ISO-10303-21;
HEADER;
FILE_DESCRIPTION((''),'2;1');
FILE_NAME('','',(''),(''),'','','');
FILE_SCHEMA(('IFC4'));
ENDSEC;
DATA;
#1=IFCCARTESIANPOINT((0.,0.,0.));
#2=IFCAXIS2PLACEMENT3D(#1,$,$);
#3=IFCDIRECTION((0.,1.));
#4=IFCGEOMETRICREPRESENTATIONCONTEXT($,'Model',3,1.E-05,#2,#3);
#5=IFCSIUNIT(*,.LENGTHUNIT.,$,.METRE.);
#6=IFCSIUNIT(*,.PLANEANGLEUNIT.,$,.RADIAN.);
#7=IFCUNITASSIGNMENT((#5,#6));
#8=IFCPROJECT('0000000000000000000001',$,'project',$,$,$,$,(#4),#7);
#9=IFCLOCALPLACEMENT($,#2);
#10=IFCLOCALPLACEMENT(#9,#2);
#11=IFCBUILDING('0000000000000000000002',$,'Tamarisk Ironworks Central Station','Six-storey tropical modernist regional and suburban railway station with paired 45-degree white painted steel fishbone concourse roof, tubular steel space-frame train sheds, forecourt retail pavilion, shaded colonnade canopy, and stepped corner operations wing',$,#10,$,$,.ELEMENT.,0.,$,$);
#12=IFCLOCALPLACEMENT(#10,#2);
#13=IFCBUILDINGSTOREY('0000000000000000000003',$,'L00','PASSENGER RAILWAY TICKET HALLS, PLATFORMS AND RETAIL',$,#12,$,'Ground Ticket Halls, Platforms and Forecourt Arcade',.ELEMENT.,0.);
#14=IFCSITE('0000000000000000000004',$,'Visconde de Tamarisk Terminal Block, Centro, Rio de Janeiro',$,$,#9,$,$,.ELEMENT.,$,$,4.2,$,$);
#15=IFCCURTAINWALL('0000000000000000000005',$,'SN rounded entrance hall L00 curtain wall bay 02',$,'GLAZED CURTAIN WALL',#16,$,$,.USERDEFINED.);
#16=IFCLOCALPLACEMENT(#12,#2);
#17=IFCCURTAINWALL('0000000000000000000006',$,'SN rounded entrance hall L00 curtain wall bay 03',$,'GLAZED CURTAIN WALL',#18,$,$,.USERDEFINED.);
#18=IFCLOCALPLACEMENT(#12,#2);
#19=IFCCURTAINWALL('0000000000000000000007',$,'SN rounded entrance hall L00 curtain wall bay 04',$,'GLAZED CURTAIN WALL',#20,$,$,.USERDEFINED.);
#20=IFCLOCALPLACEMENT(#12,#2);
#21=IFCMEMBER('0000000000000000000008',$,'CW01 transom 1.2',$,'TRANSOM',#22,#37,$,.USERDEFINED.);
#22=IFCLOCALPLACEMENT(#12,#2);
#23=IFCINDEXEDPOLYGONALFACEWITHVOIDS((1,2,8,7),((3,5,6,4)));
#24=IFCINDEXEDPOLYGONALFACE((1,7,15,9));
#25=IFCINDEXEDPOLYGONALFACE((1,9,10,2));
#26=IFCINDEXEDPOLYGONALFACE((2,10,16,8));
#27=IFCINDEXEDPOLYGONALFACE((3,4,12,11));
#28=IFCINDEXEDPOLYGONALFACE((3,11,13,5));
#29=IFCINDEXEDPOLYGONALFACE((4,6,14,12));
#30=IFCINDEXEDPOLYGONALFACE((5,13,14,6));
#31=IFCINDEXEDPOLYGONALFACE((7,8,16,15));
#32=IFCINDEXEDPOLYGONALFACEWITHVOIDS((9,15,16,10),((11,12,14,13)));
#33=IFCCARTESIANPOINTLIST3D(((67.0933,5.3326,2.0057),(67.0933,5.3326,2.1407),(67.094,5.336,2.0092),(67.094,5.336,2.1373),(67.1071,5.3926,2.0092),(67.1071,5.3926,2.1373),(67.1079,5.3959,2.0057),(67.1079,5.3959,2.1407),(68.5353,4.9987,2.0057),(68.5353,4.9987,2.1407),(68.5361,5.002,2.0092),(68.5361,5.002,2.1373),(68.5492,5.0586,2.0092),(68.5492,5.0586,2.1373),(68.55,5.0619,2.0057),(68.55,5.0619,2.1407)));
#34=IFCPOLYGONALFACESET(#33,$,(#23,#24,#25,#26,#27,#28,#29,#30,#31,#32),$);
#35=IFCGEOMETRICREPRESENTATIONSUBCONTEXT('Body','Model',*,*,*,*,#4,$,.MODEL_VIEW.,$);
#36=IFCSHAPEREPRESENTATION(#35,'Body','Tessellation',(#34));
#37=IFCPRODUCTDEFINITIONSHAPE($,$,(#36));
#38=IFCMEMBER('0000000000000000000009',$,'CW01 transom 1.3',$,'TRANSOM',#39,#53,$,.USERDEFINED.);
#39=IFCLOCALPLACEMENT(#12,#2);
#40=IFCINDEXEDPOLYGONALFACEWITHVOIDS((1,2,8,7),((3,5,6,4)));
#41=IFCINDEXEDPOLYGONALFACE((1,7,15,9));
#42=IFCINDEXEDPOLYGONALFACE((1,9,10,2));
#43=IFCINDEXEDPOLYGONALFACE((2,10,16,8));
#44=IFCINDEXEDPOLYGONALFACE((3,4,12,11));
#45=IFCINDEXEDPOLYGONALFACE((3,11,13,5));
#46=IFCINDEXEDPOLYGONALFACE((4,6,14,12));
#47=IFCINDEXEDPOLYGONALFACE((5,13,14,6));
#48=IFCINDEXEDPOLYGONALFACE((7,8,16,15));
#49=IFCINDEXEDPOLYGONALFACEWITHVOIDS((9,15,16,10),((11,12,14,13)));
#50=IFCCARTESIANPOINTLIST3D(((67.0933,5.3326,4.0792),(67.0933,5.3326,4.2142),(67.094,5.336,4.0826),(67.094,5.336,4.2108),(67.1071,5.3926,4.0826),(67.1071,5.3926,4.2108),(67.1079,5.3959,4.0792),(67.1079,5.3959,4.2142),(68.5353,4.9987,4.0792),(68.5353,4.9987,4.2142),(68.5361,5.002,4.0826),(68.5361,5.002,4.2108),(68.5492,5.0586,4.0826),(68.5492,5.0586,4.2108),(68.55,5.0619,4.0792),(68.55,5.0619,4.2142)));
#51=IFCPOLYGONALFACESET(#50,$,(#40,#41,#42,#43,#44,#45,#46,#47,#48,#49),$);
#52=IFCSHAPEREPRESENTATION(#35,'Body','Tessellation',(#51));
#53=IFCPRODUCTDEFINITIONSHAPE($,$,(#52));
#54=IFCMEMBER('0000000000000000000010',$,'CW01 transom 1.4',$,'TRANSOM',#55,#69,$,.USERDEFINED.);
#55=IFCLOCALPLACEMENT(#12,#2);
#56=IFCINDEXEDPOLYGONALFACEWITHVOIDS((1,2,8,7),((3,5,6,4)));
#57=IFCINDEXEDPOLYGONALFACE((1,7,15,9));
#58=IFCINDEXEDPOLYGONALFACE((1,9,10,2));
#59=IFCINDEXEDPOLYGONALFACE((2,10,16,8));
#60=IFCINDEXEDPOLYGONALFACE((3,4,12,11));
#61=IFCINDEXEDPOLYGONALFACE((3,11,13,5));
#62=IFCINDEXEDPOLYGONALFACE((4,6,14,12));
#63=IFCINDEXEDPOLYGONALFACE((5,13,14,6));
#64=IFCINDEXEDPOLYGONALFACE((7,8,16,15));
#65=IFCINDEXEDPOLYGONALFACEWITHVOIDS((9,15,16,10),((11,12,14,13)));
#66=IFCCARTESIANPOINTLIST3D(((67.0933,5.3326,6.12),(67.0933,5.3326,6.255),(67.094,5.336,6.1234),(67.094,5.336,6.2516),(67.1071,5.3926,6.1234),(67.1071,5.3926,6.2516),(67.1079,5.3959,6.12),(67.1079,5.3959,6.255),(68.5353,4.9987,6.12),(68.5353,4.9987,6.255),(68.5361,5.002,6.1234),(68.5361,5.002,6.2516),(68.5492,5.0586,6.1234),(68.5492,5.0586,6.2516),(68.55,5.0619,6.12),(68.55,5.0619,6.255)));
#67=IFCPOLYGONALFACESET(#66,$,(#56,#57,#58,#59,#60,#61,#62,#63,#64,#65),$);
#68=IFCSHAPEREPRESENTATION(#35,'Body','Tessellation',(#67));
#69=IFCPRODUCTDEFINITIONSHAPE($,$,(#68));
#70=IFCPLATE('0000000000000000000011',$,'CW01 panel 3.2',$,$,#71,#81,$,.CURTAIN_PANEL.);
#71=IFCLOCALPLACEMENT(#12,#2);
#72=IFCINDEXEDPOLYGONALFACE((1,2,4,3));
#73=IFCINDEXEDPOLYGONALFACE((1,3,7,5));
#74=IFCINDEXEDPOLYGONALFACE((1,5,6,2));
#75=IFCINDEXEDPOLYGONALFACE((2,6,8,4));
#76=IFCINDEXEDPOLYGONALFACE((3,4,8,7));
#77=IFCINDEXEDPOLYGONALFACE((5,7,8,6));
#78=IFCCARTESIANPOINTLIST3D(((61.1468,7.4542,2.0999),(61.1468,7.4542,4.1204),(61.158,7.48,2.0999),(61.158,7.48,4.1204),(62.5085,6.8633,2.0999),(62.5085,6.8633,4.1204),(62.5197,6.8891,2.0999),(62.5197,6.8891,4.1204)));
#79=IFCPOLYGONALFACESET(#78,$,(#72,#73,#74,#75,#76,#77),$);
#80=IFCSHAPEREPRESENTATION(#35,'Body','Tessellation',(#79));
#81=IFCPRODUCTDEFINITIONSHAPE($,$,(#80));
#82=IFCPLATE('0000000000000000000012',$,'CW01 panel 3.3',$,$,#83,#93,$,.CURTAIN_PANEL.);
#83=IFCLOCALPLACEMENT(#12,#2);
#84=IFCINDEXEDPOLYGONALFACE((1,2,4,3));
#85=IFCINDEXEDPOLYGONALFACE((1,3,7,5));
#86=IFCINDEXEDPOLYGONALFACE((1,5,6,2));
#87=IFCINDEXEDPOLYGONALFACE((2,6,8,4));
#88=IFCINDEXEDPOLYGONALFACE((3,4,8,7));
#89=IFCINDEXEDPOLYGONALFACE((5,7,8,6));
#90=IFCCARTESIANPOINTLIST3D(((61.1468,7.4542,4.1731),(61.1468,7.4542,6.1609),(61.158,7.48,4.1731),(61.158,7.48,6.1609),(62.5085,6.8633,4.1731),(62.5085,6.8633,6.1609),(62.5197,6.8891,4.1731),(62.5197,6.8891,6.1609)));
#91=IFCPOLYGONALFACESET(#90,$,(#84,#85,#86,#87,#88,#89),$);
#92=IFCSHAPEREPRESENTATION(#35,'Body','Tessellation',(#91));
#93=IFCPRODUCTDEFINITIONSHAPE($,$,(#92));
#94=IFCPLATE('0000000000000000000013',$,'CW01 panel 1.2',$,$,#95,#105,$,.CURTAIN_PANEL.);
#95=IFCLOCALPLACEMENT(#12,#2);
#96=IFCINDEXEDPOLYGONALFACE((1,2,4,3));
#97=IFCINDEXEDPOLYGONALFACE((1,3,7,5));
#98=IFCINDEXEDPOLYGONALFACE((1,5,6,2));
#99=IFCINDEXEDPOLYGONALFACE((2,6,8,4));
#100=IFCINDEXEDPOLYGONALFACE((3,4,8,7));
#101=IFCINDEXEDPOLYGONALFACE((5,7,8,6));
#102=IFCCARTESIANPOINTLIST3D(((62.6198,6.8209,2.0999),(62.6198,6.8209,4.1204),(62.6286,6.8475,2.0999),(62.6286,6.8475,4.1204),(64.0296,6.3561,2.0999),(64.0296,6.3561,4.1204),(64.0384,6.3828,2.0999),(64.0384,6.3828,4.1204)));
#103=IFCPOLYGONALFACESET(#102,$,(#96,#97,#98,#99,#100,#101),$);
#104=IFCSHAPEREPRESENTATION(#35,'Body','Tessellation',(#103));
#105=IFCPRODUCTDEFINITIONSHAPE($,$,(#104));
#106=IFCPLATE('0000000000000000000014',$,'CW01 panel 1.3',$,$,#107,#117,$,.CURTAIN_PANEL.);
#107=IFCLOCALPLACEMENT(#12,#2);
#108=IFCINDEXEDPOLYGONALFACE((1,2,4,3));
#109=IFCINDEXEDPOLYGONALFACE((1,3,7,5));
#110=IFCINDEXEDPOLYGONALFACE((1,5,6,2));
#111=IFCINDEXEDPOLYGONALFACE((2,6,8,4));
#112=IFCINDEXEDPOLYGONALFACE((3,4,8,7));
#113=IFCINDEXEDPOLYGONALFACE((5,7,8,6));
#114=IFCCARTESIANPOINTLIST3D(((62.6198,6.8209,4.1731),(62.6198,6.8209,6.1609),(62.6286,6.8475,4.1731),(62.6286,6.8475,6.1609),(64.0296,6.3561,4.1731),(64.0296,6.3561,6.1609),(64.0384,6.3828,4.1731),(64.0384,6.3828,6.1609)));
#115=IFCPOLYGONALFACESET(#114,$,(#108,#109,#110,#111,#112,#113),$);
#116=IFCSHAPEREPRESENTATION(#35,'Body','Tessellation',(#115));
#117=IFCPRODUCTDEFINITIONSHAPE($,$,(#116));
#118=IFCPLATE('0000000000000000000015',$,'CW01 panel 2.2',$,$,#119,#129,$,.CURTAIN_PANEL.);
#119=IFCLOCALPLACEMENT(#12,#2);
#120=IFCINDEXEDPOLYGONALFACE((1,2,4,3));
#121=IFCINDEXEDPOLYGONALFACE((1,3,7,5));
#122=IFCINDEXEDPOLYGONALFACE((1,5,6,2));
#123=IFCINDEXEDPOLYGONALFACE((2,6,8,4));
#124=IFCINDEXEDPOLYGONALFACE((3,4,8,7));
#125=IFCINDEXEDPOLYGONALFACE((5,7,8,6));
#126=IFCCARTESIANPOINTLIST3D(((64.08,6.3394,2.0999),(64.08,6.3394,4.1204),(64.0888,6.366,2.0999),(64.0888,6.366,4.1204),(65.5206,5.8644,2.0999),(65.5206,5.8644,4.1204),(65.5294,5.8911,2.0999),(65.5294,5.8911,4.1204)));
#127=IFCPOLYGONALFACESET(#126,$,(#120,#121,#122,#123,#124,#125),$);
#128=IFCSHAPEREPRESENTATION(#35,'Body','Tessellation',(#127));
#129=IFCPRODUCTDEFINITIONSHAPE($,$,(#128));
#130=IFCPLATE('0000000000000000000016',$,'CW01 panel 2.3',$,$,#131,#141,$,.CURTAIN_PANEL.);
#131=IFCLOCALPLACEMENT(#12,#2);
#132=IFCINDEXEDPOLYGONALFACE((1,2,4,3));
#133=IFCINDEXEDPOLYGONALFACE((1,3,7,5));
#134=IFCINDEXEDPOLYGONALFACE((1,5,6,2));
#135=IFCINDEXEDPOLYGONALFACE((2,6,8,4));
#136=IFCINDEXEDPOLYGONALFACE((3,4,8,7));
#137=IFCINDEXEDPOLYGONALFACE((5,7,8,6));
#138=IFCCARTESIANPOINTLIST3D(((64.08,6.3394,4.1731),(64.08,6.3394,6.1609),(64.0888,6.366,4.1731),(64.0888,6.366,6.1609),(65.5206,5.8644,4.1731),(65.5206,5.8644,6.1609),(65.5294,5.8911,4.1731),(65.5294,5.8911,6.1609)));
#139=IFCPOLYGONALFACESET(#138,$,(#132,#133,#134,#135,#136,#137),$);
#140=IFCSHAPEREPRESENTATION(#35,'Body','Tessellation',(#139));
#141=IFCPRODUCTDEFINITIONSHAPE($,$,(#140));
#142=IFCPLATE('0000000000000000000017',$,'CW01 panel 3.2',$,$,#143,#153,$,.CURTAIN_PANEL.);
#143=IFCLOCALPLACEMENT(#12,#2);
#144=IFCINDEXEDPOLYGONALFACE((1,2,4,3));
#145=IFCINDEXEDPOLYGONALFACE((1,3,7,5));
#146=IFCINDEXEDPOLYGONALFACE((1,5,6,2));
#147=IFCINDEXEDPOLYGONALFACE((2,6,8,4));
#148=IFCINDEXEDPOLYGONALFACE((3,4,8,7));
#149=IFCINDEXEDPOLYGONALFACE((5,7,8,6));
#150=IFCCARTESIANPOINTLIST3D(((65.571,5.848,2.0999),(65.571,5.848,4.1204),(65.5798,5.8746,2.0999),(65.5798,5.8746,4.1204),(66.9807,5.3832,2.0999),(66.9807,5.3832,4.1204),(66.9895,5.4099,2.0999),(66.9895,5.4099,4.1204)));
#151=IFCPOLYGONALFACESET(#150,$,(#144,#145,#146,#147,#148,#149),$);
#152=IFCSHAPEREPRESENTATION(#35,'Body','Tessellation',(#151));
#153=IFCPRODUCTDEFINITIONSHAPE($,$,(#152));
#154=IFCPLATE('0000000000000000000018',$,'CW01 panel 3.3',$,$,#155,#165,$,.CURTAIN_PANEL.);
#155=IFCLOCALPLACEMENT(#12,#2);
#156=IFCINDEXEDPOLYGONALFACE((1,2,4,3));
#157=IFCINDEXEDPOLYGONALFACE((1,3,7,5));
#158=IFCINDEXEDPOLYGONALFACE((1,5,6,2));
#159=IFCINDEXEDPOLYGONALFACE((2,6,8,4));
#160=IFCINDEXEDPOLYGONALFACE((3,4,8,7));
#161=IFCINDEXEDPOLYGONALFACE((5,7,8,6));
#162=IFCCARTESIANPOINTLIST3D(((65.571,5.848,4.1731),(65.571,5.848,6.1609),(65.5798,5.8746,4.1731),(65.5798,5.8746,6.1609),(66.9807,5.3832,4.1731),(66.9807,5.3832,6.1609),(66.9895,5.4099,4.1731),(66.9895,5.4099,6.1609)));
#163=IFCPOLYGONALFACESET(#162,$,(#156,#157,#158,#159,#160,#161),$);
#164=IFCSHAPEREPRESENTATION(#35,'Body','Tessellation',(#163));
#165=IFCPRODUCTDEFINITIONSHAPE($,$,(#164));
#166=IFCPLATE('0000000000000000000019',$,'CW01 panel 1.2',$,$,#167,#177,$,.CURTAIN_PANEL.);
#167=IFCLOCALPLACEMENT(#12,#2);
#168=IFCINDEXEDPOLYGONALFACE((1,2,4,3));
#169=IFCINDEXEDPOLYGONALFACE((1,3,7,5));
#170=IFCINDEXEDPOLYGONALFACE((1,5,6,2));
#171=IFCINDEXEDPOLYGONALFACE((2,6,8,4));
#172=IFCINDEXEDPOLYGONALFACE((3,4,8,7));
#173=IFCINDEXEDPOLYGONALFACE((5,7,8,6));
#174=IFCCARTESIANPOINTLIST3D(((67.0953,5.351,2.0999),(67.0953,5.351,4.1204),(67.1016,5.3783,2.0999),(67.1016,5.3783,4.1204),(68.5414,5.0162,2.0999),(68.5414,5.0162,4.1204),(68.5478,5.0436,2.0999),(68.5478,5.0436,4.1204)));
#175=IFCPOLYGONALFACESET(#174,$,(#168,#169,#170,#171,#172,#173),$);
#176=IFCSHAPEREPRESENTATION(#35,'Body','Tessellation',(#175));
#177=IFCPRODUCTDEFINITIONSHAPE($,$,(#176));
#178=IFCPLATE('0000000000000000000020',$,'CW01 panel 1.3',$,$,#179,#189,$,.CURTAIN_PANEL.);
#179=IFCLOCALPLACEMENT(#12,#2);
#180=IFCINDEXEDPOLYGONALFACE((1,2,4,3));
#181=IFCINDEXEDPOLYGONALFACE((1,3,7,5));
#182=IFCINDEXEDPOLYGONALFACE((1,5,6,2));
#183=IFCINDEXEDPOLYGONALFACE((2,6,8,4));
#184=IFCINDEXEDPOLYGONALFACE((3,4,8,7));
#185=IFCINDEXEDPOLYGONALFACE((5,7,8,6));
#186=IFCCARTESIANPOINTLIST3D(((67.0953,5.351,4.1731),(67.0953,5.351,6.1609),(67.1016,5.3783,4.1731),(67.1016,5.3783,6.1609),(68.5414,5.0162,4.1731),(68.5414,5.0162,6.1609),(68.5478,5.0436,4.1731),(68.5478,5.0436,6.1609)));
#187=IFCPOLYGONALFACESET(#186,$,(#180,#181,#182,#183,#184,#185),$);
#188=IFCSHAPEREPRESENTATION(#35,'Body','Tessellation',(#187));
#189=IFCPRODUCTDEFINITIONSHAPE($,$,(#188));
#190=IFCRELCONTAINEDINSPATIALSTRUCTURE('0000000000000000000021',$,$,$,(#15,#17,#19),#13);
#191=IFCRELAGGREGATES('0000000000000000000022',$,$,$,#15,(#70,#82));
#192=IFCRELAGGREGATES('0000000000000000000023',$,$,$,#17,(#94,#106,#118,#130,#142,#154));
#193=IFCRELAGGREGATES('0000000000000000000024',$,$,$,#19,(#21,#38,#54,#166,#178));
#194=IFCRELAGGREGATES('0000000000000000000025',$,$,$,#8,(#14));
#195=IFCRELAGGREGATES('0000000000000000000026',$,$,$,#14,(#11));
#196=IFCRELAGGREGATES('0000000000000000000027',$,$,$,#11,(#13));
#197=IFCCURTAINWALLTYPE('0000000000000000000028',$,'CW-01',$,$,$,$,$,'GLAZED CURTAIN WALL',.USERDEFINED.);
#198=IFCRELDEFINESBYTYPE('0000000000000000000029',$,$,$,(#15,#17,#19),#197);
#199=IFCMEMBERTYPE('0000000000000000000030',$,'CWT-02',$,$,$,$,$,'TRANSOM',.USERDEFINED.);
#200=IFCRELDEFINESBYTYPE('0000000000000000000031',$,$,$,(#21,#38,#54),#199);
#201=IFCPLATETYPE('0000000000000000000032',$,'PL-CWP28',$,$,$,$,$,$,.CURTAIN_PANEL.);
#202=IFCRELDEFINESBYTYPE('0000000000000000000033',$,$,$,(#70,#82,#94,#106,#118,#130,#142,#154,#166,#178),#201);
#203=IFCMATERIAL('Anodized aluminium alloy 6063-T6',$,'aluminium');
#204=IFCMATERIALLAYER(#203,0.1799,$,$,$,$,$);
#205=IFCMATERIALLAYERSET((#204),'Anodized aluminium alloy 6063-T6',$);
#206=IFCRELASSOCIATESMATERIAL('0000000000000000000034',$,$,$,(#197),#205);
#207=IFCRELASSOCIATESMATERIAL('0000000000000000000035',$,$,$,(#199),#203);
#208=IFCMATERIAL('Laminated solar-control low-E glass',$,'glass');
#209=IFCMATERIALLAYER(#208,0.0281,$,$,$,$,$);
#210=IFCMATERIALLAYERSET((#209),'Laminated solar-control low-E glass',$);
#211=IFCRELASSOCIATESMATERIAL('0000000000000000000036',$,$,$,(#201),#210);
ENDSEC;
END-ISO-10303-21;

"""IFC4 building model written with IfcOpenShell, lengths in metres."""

from ifc_helpers import new_model, si_unit, direction, frame, origin, origin_2d, place, context, subcontext, project, spatial, rectangle, hollow_rectangle, extrude, material, layer, layer_set, material_profile, profile_set, type_object, element, aggregate, save


model = new_model("IFC4")

# Units and contexts
model_context = context("Model", 3, precision=1e-05, world=origin(), true_north=direction((0.0, 1.0)))
body_context = subcontext(model_context, "Body", "Model", "MODEL_VIEW")
ifc_project = project(units=[si_unit("LENGTHUNIT", "METRE"), si_unit("PLANEANGLEUNIT", "RADIAN")], contexts=[model_context])

# Site, building, storey
site_placement = place(None, origin())
site = spatial("IfcSite", under=ifc_project, at=site_placement, Name="Visconde de Tamarisk Terminal Block, Centro, Rio de Janeiro", CompositionType="ELEMENT", RefElevation=4.2)
building_placement = place(site_placement, origin())
building = spatial("IfcBuilding", under=site, at=building_placement, Name="Tamarisk Ironworks Central Station", Description="Six-storey tropical modernist regional and suburban railway station with paired 45-degree white painted steel fishbone concourse roof, tubular steel space-frame train sheds, forecourt retail pavilion, shaded colonnade canopy, and stepped corner operations wing", CompositionType="ELEMENT", ElevationOfRefHeight=0.0)
storey_placement = place(building_placement, origin())
storey = spatial("IfcBuildingStorey", under=building, at=storey_placement, Name="L00", Description="PASSENGER RAILWAY TICKET HALLS, PLATFORMS AND RETAIL", LongName="Ground Ticket Halls, Platforms and Forecourt Arcade", CompositionType="ELEMENT", Elevation=0.0)

# Curtain walls, members
ifc_material_1 = material(Name="Anodized aluminium alloy 6063-T6", Category="aluminium")
ifc_layer_1 = layer(ifc_material_1, 0.1799)
ifc_layer_set_1 = layer_set([ifc_layer_1], Name="Anodized aluminium alloy 6063-T6")
curtain_wall_type = type_object("IfcCurtainWallType", Name="CW-01", ElementType="GLAZED CURTAIN WALL", PredefinedType="USERDEFINED", material=ifc_layer_set_1)
curtain_wall_1_placement = place(storey_placement, origin())
curtain_wall_1 = element("IfcCurtainWall", 1, at=curtain_wall_1_placement, inside=storey, type_object=curtain_wall_type, Name="SN rounded entrance hall L00 curtain wall bay 02", ObjectType="GLAZED CURTAIN WALL", PredefinedType="USERDEFINED")
ifc_material_profile = material_profile(ifc_material_1, hollow_rectangle(XDim=0.0649, YDim=0.135, WallThickness=0.0034, at=origin_2d()), Name="ALUM 135x65")
ifc_profile_set = profile_set([ifc_material_profile], Name="Anodized aluminium alloy 6063-T6")
member_type = type_object("IfcMemberType", Name="CWT-02", ElementType="TRANSOM", PredefinedType="USERDEFINED", material=ifc_profile_set)
curtain_wall_2_placement = place(storey_placement, origin())
curtain_wall_2 = element("IfcCurtainWall", 2, at=curtain_wall_2_placement, inside=storey, type_object=curtain_wall_type, Name="SN rounded entrance hall L00 curtain wall bay 03", ObjectType="GLAZED CURTAIN WALL", PredefinedType="USERDEFINED")
curtain_wall_3_placement = place(storey_placement, origin())
curtain_wall_3 = element("IfcCurtainWall", 3, at=curtain_wall_3_placement, inside=storey, type_object=curtain_wall_type, Name="SN rounded entrance hall L00 curtain wall bay 04", ObjectType="GLAZED CURTAIN WALL", PredefinedType="USERDEFINED")
member_1_placement = place(storey_placement, frame((67.1006, 5.3643, 2.0732), z_axis=(0.974216, -0.225618, 0.0), x_axis=(0.225618, 0.974216, 0.0)))
member_1 = element("IfcMember", 4, at=member_1_placement, type_object=member_type, Name="CW01 transom 1.2", ObjectType="TRANSOM", PredefinedType="USERDEFINED", context=body_context, shape_type="SweptSolid", body=[
    extrude(hollow_rectangle(XDim=0.0649, YDim=0.135, WallThickness=0.0034, at=origin_2d()), origin(), (0.0, 0.0, 1.0), 1.4802),
])
member_2_placement = place(storey_placement, frame((67.1006, 5.3643, 4.1467), z_axis=(0.974216, -0.225618, 0.0), x_axis=(0.225618, 0.974216, 0.0)))
member_2 = element("IfcMember", 5, at=member_2_placement, type_object=member_type, Name="CW01 transom 1.3", ObjectType="TRANSOM", PredefinedType="USERDEFINED", context=body_context, shape_type="SweptSolid", body=[
    extrude(hollow_rectangle(XDim=0.0649, YDim=0.135, WallThickness=0.0034, at=origin_2d()), origin(), (0.0, 0.0, 1.0), 1.4802),
])
member_3_placement = place(storey_placement, frame((67.1006, 5.3643, 6.1875), z_axis=(0.974216, -0.225618, 0.0), x_axis=(0.225618, 0.974216, 0.0)))
member_3 = element("IfcMember", 6, at=member_3_placement, type_object=member_type, Name="CW01 transom 1.4", ObjectType="TRANSOM", PredefinedType="USERDEFINED", context=body_context, shape_type="SweptSolid", body=[
    extrude(hollow_rectangle(XDim=0.0649, YDim=0.135, WallThickness=0.0034, at=origin_2d()), origin(), (0.0, 0.0, 1.0), 1.4802),
])

# Plates
ifc_material_2 = material(Name="Laminated solar-control low-E glass", Category="glass")
ifc_layer_2 = layer(ifc_material_2, 0.0281)
ifc_layer_set_2 = layer_set([ifc_layer_2], Name="Laminated solar-control low-E glass")
plate_type = type_object("IfcPlateType", Name="PL-CWP28", PredefinedType="CURTAIN_PANEL", material=ifc_layer_set_2)
plate_1_placement = place(storey_placement, frame((61.8333, 7.1716, 2.0999), z_axis=(0.0, 0.0, 1.0), x_axis=(0.917352, -0.398077, 0.0)))
plate_1 = element("IfcPlate", 7, at=plate_1_placement, type_object=plate_type, Name="CW01 panel 3.2", PredefinedType="CURTAIN_PANEL", context=body_context, shape_type="SweptSolid", body=[
    extrude(rectangle(XDim=1.4844, YDim=0.0281, at=origin_2d()), origin(), (0.0, 0.0, 1.0), 2.0205),
])
plate_2_placement = place(storey_placement, frame((61.8333, 7.1716, 4.1731), z_axis=(0.0, 0.0, 1.0), x_axis=(0.917352, -0.398077, 0.0)))
plate_2 = element("IfcPlate", 8, at=plate_2_placement, type_object=plate_type, Name="CW01 panel 3.3", PredefinedType="CURTAIN_PANEL", context=body_context, shape_type="SweptSolid", body=[
    extrude(rectangle(XDim=1.4844, YDim=0.0281, at=origin_2d()), origin(), (0.0, 0.0, 1.0), 1.9878),
])
aggregate(curtain_wall_1, [plate_1, plate_2])
plate_3_placement = place(storey_placement, frame((63.3291, 6.6018, 2.0999), z_axis=(0.0, 0.0, 1.0), x_axis=(0.949721, -0.313098, 0.0)))
plate_3 = element("IfcPlate", 9, at=plate_3_placement, type_object=plate_type, Name="CW01 panel 1.2", PredefinedType="CURTAIN_PANEL", context=body_context, shape_type="SweptSolid", body=[
    extrude(rectangle(XDim=1.4844, YDim=0.0281, at=origin_2d()), origin(), (0.0, 0.0, 1.0), 2.0205),
])
plate_4_placement = place(storey_placement, frame((63.3291, 6.6018, 4.1731), z_axis=(0.0, 0.0, 1.0), x_axis=(0.949721, -0.313098, 0.0)))
plate_4 = element("IfcPlate", 10, at=plate_4_placement, type_object=plate_type, Name="CW01 panel 1.3", PredefinedType="CURTAIN_PANEL", context=body_context, shape_type="SweptSolid", body=[
    extrude(rectangle(XDim=1.4844, YDim=0.0281, at=origin_2d()), origin(), (0.0, 0.0, 1.0), 1.9878),
])
plate_5_placement = place(storey_placement, frame((64.8047, 6.1152, 2.0999), z_axis=(0.0, 0.0, 1.0), x_axis=(0.949721, -0.313098, 0.0)))
plate_5 = element("IfcPlate", 11, at=plate_5_placement, type_object=plate_type, Name="CW01 panel 2.2", PredefinedType="CURTAIN_PANEL", context=body_context, shape_type="SweptSolid", body=[
    extrude(rectangle(XDim=1.5168, YDim=0.0281, at=origin_2d()), origin(), (0.0, 0.0, 1.0), 2.0205),
])
plate_6_placement = place(storey_placement, frame((64.8047, 6.1152, 4.1731), z_axis=(0.0, 0.0, 1.0), x_axis=(0.949721, -0.313098, 0.0)))
plate_6 = element("IfcPlate", 12, at=plate_6_placement, type_object=plate_type, Name="CW01 panel 2.3", PredefinedType="CURTAIN_PANEL", context=body_context, shape_type="SweptSolid", body=[
    extrude(rectangle(XDim=1.5168, YDim=0.0281, at=origin_2d()), origin(), (0.0, 0.0, 1.0), 1.9878),
])
plate_7_placement = place(storey_placement, frame((66.2803, 5.6289, 2.0999), z_axis=(0.0, 0.0, 1.0), x_axis=(0.949721, -0.313098, 0.0)))
plate_7 = element("IfcPlate", 13, at=plate_7_placement, type_object=plate_type, Name="CW01 panel 3.2", PredefinedType="CURTAIN_PANEL", context=body_context, shape_type="SweptSolid", body=[
    extrude(rectangle(XDim=1.4844, YDim=0.0281, at=origin_2d()), origin(), (0.0, 0.0, 1.0), 2.0205),
])
plate_8_placement = place(storey_placement, frame((66.2803, 5.6289, 4.1731), z_axis=(0.0, 0.0, 1.0), x_axis=(0.949721, -0.313098, 0.0)))
plate_8 = element("IfcPlate", 14, at=plate_8_placement, type_object=plate_type, Name="CW01 panel 3.3", PredefinedType="CURTAIN_PANEL", context=body_context, shape_type="SweptSolid", body=[
    extrude(rectangle(XDim=1.4844, YDim=0.0281, at=origin_2d()), origin(), (0.0, 0.0, 1.0), 1.9878),
])
aggregate(curtain_wall_2, [plate_3, plate_4, plate_5, plate_6, plate_7, plate_8])
plate_9_placement = place(storey_placement, frame((67.8215, 5.1973, 2.0999), z_axis=(0.0, 0.0, 1.0), x_axis=(0.974239, -0.225517, 0.0)))
plate_9 = element("IfcPlate", 15, at=plate_9_placement, type_object=plate_type, Name="CW01 panel 1.2", PredefinedType="CURTAIN_PANEL", context=body_context, shape_type="SweptSolid", body=[
    extrude(rectangle(XDim=1.4844, YDim=0.0281, at=origin_2d()), origin(), (0.0, 0.0, 1.0), 2.0205),
])
plate_10_placement = place(storey_placement, frame((67.8215, 5.1973, 4.1731), z_axis=(0.0, 0.0, 1.0), x_axis=(0.974239, -0.225517, 0.0)))
plate_10 = element("IfcPlate", 16, at=plate_10_placement, type_object=plate_type, Name="CW01 panel 1.3", PredefinedType="CURTAIN_PANEL", context=body_context, shape_type="SweptSolid", body=[
    extrude(rectangle(XDim=1.4844, YDim=0.0281, at=origin_2d()), origin(), (0.0, 0.0, 1.0), 1.9878),
])
aggregate(curtain_wall_3, [member_1, member_2, member_3, plate_9, plate_10])

save(model, "model.ifc")
